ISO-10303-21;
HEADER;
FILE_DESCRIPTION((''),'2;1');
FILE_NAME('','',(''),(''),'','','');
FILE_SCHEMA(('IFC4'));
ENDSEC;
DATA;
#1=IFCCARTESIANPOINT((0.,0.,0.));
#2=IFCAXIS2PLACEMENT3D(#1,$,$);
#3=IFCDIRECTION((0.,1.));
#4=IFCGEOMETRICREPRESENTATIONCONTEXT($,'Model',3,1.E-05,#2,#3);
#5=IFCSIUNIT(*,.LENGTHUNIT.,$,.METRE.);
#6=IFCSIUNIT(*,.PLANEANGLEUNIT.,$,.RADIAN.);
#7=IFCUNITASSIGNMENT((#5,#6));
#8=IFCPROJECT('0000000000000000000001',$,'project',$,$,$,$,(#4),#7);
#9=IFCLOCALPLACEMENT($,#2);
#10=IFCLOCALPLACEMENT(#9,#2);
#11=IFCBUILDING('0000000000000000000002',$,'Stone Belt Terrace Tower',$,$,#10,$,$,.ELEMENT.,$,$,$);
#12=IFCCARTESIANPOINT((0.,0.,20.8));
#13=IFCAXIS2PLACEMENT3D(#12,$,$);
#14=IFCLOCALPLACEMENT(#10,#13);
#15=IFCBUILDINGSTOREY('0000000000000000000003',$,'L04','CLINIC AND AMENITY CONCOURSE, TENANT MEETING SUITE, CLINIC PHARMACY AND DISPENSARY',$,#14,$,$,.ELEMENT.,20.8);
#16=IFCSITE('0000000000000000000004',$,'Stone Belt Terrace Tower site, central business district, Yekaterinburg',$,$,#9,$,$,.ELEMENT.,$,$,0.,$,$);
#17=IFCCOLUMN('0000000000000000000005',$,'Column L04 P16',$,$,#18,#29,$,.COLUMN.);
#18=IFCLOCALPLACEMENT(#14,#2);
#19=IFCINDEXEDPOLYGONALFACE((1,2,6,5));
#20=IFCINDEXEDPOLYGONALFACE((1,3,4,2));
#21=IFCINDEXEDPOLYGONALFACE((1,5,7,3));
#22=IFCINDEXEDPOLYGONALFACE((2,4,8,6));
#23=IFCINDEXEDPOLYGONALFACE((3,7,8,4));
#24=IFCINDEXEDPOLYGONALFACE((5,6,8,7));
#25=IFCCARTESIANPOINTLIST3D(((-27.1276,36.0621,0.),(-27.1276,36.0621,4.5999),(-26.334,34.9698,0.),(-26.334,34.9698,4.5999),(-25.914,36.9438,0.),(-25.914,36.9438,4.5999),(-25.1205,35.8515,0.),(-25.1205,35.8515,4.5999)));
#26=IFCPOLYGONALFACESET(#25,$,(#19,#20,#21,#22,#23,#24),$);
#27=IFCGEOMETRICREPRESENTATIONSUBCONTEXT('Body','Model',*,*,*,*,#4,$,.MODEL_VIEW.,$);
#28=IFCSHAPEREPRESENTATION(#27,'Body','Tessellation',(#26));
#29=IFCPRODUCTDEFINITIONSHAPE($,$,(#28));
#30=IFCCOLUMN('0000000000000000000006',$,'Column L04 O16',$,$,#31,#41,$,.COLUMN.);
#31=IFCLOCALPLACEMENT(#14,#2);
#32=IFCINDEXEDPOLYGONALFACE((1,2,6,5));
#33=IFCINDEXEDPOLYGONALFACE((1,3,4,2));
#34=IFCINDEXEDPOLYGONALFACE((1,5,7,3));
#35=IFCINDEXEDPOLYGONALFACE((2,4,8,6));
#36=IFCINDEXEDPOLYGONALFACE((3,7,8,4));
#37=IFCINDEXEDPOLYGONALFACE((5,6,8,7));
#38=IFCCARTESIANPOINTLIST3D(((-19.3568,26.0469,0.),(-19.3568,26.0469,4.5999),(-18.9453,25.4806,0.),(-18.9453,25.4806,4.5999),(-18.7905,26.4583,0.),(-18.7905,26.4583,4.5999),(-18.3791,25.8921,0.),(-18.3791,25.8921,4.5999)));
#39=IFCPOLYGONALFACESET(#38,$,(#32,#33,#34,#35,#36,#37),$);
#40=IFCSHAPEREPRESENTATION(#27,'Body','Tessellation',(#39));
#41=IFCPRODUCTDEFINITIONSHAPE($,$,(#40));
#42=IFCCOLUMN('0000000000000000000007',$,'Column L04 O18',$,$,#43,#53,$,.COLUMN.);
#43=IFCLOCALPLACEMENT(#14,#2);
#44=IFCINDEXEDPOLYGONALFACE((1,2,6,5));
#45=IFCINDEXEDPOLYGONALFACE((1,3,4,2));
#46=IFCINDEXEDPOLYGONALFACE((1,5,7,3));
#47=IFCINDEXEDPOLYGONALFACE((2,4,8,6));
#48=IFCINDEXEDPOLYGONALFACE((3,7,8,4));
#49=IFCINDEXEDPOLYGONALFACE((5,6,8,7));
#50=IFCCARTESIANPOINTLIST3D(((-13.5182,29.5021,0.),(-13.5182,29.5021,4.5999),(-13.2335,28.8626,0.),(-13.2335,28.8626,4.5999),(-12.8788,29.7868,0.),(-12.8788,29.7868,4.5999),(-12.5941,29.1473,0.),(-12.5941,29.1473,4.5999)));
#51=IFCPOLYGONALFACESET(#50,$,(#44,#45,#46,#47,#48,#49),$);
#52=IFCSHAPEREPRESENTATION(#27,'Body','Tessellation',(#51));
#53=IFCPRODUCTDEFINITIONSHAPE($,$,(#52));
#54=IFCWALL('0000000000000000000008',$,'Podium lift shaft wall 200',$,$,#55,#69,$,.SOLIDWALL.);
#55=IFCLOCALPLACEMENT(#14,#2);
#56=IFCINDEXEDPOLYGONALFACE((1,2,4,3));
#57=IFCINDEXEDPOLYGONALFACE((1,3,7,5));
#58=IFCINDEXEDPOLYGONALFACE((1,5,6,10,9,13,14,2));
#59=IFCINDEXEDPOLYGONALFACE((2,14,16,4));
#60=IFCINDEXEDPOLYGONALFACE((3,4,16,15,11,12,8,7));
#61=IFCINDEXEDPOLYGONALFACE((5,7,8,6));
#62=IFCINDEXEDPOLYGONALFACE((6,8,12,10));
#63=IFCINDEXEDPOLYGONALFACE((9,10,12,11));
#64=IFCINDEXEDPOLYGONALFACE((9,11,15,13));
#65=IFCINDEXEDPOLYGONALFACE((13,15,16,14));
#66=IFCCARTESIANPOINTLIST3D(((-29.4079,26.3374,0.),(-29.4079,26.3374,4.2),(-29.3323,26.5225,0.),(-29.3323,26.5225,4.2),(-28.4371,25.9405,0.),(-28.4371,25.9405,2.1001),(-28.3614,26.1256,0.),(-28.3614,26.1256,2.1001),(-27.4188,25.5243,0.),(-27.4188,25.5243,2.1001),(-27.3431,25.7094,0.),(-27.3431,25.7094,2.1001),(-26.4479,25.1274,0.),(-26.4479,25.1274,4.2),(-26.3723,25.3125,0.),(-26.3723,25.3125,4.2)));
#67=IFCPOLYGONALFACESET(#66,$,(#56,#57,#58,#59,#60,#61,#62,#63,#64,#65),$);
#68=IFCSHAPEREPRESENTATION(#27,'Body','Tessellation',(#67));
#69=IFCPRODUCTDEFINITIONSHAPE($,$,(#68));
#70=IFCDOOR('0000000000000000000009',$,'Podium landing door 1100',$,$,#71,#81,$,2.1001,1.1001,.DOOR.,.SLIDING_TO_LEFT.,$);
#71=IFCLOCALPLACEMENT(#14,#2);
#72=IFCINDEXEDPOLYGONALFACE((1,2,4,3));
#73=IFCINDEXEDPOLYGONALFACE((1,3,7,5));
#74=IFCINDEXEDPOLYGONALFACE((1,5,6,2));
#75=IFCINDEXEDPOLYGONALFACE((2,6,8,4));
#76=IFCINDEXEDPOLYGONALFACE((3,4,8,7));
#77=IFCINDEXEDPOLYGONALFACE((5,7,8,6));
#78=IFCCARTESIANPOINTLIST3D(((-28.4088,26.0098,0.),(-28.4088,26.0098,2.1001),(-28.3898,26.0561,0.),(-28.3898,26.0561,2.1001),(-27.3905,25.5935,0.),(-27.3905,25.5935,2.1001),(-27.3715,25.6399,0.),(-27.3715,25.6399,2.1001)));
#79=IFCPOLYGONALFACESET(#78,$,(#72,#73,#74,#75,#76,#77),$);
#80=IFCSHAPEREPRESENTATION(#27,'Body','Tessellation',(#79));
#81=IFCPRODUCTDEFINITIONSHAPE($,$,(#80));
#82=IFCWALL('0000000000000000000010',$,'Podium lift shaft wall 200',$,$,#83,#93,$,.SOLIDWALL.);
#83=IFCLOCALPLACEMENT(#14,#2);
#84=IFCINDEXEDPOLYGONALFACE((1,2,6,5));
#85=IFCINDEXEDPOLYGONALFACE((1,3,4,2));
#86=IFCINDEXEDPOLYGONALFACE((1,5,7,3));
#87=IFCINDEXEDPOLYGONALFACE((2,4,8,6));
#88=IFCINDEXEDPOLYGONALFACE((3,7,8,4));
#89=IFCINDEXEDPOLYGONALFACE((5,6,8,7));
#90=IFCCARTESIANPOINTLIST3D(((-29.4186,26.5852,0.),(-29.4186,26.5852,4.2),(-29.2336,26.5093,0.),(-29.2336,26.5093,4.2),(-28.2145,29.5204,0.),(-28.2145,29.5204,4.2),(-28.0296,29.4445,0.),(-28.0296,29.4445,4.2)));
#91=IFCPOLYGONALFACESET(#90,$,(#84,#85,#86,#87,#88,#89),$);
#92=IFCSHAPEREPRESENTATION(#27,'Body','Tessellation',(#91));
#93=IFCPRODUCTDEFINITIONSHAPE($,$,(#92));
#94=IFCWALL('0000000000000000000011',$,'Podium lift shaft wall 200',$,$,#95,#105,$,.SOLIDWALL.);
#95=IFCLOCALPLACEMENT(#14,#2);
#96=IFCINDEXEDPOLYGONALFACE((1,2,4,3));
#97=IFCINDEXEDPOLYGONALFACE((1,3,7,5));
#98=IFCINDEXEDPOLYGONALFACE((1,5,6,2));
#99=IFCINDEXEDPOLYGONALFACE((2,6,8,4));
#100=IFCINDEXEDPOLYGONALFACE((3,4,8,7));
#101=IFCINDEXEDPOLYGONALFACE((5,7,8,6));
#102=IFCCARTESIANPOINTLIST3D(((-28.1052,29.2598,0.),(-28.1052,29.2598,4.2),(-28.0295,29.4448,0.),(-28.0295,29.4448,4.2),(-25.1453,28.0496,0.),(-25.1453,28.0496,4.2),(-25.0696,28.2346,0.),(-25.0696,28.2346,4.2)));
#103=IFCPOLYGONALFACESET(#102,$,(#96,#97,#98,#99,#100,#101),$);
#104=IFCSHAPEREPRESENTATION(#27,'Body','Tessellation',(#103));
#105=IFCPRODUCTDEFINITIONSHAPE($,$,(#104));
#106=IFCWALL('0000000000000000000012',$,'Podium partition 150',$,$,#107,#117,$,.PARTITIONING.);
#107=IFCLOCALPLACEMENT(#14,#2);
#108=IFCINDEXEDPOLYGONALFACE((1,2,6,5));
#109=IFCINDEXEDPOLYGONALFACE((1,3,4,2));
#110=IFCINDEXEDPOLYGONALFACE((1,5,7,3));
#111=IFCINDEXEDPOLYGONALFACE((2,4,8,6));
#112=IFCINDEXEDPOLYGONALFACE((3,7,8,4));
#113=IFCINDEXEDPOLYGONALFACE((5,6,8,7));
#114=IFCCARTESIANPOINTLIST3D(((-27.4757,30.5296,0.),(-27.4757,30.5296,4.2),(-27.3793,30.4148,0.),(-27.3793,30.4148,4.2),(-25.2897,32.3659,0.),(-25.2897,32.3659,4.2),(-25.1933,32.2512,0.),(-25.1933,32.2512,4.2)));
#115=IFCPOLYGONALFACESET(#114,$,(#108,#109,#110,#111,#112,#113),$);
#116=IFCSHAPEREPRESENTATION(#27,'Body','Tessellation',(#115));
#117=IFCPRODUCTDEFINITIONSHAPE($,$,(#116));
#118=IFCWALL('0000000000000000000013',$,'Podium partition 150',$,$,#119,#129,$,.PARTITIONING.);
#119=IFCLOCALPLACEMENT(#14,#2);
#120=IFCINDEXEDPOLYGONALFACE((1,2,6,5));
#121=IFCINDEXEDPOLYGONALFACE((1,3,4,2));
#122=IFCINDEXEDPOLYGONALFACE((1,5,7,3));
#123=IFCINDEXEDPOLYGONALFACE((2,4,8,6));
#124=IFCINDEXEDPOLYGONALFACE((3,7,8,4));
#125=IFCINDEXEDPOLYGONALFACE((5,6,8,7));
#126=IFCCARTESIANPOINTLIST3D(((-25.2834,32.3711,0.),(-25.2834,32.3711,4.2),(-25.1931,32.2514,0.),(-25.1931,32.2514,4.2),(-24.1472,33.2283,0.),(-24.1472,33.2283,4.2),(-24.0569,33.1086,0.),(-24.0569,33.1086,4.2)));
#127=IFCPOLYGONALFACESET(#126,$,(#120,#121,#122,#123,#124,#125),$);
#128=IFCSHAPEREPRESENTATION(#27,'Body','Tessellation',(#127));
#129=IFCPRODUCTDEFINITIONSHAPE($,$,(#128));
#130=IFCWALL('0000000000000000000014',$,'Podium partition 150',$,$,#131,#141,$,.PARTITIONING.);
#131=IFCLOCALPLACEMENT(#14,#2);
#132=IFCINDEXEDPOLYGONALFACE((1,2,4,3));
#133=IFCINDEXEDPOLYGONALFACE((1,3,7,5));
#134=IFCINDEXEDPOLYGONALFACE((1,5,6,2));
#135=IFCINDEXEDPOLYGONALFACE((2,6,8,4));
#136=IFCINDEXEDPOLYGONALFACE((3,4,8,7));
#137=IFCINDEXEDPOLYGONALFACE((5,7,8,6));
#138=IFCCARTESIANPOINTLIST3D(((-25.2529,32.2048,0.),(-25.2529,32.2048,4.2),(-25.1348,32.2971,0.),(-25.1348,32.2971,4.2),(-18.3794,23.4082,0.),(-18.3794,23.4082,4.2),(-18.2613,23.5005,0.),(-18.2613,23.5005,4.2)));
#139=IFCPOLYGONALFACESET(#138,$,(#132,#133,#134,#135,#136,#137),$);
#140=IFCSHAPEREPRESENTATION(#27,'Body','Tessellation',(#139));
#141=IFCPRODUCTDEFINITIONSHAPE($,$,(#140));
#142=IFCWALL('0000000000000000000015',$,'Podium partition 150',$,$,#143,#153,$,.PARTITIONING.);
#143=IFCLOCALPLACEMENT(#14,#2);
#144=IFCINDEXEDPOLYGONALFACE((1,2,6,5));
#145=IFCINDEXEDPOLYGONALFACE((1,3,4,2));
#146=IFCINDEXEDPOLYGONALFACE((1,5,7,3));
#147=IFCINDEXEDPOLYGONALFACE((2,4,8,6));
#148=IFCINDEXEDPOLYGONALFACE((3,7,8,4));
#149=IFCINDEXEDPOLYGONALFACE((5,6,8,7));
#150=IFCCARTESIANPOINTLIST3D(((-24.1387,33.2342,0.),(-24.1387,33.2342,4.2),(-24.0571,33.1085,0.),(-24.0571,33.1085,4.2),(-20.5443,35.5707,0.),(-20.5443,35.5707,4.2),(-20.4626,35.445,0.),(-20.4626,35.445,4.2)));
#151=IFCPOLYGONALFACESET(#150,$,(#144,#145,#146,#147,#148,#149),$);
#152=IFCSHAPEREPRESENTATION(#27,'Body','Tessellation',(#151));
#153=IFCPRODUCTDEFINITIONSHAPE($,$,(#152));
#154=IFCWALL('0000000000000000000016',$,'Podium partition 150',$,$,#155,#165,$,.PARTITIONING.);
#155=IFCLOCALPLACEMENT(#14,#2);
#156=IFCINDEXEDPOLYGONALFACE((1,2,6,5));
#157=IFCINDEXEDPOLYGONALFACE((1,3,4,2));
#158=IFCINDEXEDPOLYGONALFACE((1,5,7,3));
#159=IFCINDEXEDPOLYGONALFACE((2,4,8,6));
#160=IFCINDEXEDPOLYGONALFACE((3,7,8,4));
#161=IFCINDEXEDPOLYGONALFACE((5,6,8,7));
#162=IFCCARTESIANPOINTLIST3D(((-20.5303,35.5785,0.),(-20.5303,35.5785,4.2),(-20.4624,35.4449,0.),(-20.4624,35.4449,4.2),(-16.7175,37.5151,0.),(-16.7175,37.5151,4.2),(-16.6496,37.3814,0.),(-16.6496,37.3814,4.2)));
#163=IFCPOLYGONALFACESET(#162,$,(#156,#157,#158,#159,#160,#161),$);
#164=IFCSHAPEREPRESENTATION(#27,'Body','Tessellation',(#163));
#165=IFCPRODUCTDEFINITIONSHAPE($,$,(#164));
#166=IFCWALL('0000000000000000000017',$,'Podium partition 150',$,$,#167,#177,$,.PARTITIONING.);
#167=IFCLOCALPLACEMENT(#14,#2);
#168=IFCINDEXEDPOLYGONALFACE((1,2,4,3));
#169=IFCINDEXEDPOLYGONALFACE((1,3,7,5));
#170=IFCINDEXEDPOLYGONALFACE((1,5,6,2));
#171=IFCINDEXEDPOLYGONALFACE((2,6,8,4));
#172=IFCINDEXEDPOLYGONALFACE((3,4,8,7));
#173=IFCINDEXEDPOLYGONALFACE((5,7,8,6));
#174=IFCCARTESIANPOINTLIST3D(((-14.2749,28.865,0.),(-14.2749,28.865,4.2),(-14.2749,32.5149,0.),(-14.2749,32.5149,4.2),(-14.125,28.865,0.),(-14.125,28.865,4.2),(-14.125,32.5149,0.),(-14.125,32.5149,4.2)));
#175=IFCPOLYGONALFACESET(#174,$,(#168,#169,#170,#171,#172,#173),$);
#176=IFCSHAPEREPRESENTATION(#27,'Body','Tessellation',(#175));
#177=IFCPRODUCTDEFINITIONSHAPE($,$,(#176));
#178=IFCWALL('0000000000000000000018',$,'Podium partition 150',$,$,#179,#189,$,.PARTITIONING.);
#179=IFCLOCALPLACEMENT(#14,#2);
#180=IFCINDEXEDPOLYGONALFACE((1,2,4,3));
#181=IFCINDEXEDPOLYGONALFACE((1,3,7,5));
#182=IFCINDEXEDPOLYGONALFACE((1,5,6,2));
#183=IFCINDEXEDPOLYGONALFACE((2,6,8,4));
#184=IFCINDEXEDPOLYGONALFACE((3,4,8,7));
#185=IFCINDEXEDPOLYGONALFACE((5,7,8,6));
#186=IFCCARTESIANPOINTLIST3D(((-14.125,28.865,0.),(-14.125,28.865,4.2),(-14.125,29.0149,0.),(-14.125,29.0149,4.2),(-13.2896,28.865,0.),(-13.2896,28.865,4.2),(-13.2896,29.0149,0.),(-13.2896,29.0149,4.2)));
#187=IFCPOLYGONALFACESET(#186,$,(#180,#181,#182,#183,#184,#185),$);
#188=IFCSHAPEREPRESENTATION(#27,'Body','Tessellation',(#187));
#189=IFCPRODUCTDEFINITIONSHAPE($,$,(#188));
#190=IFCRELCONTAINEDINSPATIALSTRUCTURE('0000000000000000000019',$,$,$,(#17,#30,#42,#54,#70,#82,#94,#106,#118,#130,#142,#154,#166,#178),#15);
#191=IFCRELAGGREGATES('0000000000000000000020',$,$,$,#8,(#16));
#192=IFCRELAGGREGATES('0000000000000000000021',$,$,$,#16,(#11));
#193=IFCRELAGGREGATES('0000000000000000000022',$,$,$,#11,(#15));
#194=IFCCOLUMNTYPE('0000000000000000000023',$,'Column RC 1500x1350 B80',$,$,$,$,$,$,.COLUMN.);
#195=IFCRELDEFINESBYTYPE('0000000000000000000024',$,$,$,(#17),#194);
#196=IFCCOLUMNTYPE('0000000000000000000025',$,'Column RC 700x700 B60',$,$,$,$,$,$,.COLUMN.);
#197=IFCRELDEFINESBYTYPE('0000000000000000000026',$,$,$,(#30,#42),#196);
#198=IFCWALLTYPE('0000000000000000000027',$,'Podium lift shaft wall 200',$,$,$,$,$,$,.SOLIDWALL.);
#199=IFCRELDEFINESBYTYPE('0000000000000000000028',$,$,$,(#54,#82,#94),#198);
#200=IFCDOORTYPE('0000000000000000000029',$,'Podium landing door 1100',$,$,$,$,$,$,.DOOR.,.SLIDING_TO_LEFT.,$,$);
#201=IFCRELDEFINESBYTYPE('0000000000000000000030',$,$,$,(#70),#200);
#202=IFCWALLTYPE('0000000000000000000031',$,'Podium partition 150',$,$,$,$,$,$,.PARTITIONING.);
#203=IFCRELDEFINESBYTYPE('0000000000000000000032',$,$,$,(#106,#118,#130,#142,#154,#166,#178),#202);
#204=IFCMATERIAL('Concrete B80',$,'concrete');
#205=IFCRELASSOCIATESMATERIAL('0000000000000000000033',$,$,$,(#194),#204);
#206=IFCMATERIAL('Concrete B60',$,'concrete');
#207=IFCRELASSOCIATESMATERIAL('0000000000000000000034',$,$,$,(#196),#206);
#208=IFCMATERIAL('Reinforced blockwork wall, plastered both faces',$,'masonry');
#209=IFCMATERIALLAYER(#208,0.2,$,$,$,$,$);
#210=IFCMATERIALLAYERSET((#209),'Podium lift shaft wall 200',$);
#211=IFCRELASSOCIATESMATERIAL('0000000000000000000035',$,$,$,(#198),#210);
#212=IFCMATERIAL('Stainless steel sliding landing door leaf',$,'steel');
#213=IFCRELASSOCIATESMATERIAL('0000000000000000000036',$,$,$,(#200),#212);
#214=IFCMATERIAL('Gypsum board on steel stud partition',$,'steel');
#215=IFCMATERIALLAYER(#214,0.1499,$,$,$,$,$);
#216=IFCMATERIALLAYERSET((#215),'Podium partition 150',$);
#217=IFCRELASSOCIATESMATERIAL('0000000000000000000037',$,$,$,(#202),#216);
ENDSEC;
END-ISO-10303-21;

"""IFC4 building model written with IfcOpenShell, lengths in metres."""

from ifc_helpers import new_model, si_unit, direction, frame, frame_2d, origin, origin_2d, place, context, subcontext, project, spatial, rectangle, extrude, material, layer, layer_set, material_profile, profile_set, type_object, element, fill, save


model = new_model("IFC4")

# Units and contexts
model_context = context("Model", 3, precision=1e-05, world=origin(), true_north=direction((0.0, 1.0)))
body_context = subcontext(model_context, "Body", "Model", "MODEL_VIEW")
ifc_project = project(units=[si_unit("LENGTHUNIT", "METRE"), si_unit("PLANEANGLEUNIT", "RADIAN")], contexts=[model_context])

# Site, building, storey
site_placement = place(None, origin())
site = spatial("IfcSite", under=ifc_project, at=site_placement, Name="Stone Belt Terrace Tower site, central business district, Yekaterinburg", CompositionType="ELEMENT", RefElevation=0.0)
building_placement = place(site_placement, origin())
building = spatial("IfcBuilding", under=site, at=building_placement, Name="Stone Belt Terrace Tower", CompositionType="ELEMENT")
storey_placement = place(building_placement, frame((0.0, 0.0, 20.8)))
storey = spatial("IfcBuildingStorey", under=building, at=storey_placement, Name="L04", Description="CLINIC AND AMENITY CONCOURSE, TENANT MEETING SUITE, CLINIC PHARMACY AND DISPENSARY", CompositionType="ELEMENT", Elevation=20.8)

# Columns
ifc_material_1 = material(Name="Concrete B80", Category="concrete")
ifc_material_profile_1 = material_profile(ifc_material_1, rectangle(XDim=1.5, YDim=1.3501, at=origin_2d()), Name="RC 1500x1350")
ifc_profile_set_1 = profile_set([ifc_material_profile_1], Name="Concrete B80")
column_type_1 = type_object("IfcColumnType", Name="Column RC 1500x1350 B80", PredefinedType="COLUMN", material=ifc_profile_set_1)
column_placement = place(storey_placement, frame((-26.124, 35.9568, 0.0), z_axis=(0.0, 0.0, 1.0), x_axis=(0.809017, 0.587785, 0.0)))
element("IfcColumn", 1, at=column_placement, inside=storey, type_object=column_type_1, Name="Column L04 P16", PredefinedType="COLUMN", context=body_context, shape_type="SweptSolid", body=[
    extrude(rectangle(XDim=1.5, YDim=1.3501, at=origin_2d()), origin(), (0.0, 0.0, 1.0), 4.5999),
])
ifc_material_2 = material(Name="Concrete B60", Category="concrete")
ifc_material_profile_2 = material_profile(ifc_material_2, rectangle(XDim=0.7, YDim=0.7, at=origin_2d()), Name="RC 700x700")
ifc_profile_set_2 = profile_set([ifc_material_profile_2], Name="Concrete B60")
column_type_2 = type_object("IfcColumnType", Name="Column RC 700x700 B60", PredefinedType="COLUMN", material=ifc_profile_set_2)
for number, where, z_axis, x_axis, name in (
    (2, (-18.8679, 25.9695, 0.0), (0.0, 0.0, 1.0), (0.809017, 0.587785, 0.0), "Column L04 O16"),
    (3, (-13.0562, 29.3247, 0.0), (0.0, 0.0, 1.0), (0.913545, 0.406737, 0.0), "Column L04 O18"),
):
    element("IfcColumn", number, at=place(storey_placement, frame(where, z_axis=z_axis, x_axis=x_axis)), inside=storey, type_object=column_type_2, Name=name, PredefinedType="COLUMN", context=body_context, shape_type="SweptSolid", body=[
        extrude(rectangle(XDim=0.7, YDim=0.7, at=origin_2d()), origin(), (0.0, 0.0, 1.0), 4.5999),
    ])

# Wall, opening, door
ifc_material_3 = material(Name="Reinforced blockwork wall, plastered both faces", Category="masonry")
ifc_layer_1 = layer(ifc_material_3, 0.2)
ifc_layer_set_1 = layer_set([ifc_layer_1], Name="Podium lift shaft wall 200")
wall_type_1 = type_object("IfcWallType", Name="Podium lift shaft wall 200", PredefinedType="SOLIDWALL", material=ifc_layer_set_1)
wall_1_placement = place(storey_placement, frame((-29.3701, 26.4299, 0.0), z_axis=(0.0, 0.0, 1.0), x_axis=(0.925649, -0.378383, 0.0)))
wall_1 = element("IfcWall", 4, at=wall_1_placement, inside=storey, type_object=wall_type_1, Name="Podium lift shaft wall 200", PredefinedType="SOLIDWALL", context=body_context, shape_type="SweptSolid", body=[
    extrude(rectangle(XDim=3.1978, YDim=0.2, at=frame_2d((1.5989, 0.0))), origin(), (0.0, 0.0, 1.0), 4.2),
])
opening_1_placement = place(wall_1_placement, frame((1.0488, 0.0, 0.0)))
opening_1 = element("IfcOpeningElement", 5, at=opening_1_placement, cuts=wall_1, PredefinedType="OPENING", context=body_context, shape_type="SweptSolid", body=[
    extrude(rectangle(XDim=1.1001, YDim=2.1001, at=frame_2d((0.55, 1.05))), frame((0.0, 0.1099, 0.0), z_axis=(0.0, -1.0, 0.0), x_axis=(1.0, 0.0, 0.0)), (0.0, 0.0, 1.0), 0.22),
])
ifc_material_4 = material(Name="Stainless steel sliding landing door leaf", Category="steel")
door_type_1 = type_object("IfcDoorType", Name="Podium landing door 1100", OperationType="SLIDING_TO_LEFT", PredefinedType="DOOR", material=ifc_material_4)
door_1_placement = place(opening_1_placement, origin())
door_1 = element("IfcDoor", 6, at=door_1_placement, inside=storey, type_object=door_type_1, Name="Podium landing door 1100", OperationType="SLIDING_TO_LEFT", OverallHeight=2.1001, OverallWidth=1.1001, PredefinedType="DOOR", context=body_context, shape_type="SweptSolid", body=[
    extrude(rectangle(XDim=1.1001, YDim=2.1001, at=frame_2d((0.55, 1.05))), frame((0.0, 0.0249, 0.0), z_axis=(0.0, -1.0, 0.0), x_axis=(1.0, 0.0, 0.0)), (0.0, 0.0, 1.0), 0.05),
])
fill(opening_1, door_1)

# Walls
wall_2_placement = place(storey_placement, frame((-29.3262, 26.5471, 0.0), z_axis=(0.0, 0.0, 1.0), x_axis=(0.379523, 0.925182, 0.0)))
element("IfcWall", 7, at=wall_2_placement, inside=storey, type_object=wall_type_1, Name="Podium lift shaft wall 200", PredefinedType="SOLIDWALL", context=body_context, shape_type="SweptSolid", body=[
    extrude(rectangle(XDim=3.1726, YDim=0.2, at=frame_2d((1.5864, 0.0))), origin(), (0.0, 0.0, 1.0), 4.2),
])
wall_3_placement = place(storey_placement, frame((-28.0674, 29.3523, 0.0), z_axis=(0.0, 0.0, 1.0), x_axis=(0.925622, -0.378449, 0.0)))
element("IfcWall", 8, at=wall_3_placement, inside=storey, type_object=wall_type_1, Name="Podium lift shaft wall 200", PredefinedType="SOLIDWALL", context=body_context, shape_type="SweptSolid", body=[
    extrude(rectangle(XDim=3.1978, YDim=0.2, at=frame_2d((1.5989, 0.0))), origin(), (0.0, 0.0, 1.0), 4.2),
])
ifc_material_5 = material(Name="Gypsum board on steel stud partition", Category="steel")
ifc_layer_2 = layer(ifc_material_5, 0.1499)
ifc_layer_set_2 = layer_set([ifc_layer_2], Name="Podium partition 150")
wall_type_2 = type_object("IfcWallType", Name="Podium partition 150", PredefinedType="PARTITIONING", material=ifc_layer_set_2)
wall_4_placement = place(storey_placement, frame((-27.4275, 30.4722, 0.0), z_axis=(0.0, 0.0, 1.0), x_axis=(0.765678, 0.643224, 0.0)))
element("IfcWall", 9, at=wall_4_placement, inside=storey, type_object=wall_type_2, Name="Podium partition 150", PredefinedType="PARTITIONING", context=body_context, shape_type="SweptSolid", body=[
    extrude(rectangle(XDim=2.855, YDim=0.1499, at=frame_2d((1.4275, 0.0))), origin(), (0.0, 0.0, 1.0), 4.2),
])
wall_5_placement = place(storey_placement, frame((-25.2383, 32.3113, 0.0), z_axis=(0.0, 0.0, 1.0), x_axis=(0.798309, 0.602248, 0.0)))
element("IfcWall", 10, at=wall_5_placement, inside=storey, type_object=wall_type_2, Name="Podium partition 150", PredefinedType="PARTITIONING", context=body_context, shape_type="SweptSolid", body=[
    extrude(rectangle(XDim=1.4233, YDim=0.1499, at=frame_2d((0.7117, 0.0))), origin(), (0.0, 0.0, 1.0), 4.2),
])
wall_6_placement = place(storey_placement, frame((-25.1938, 32.251, 0.0), z_axis=(0.0, 0.0, 1.0), x_axis=(0.615709, -0.787974, 0.0)))
element("IfcWall", 11, at=wall_6_placement, inside=storey, type_object=wall_type_2, Name="Podium partition 150", PredefinedType="PARTITIONING", context=body_context, shape_type="SweptSolid", body=[
    extrude(rectangle(XDim=11.1636, YDim=0.1499, at=frame_2d((5.5818, 0.0))), origin(), (0.0, 0.0, 1.0), 4.2),
])
wall_7_placement = place(storey_placement, frame((-24.0979, 33.1714, 0.0), z_axis=(0.0, 0.0, 1.0), x_axis=(0.838442, 0.54499, 0.0)))
element("IfcWall", 12, at=wall_7_placement, inside=storey, type_object=wall_type_2, Name="Podium partition 150", PredefinedType="PARTITIONING", context=body_context, shape_type="SweptSolid", body=[
    extrude(rectangle(XDim=4.2871, YDim=0.1499, at=frame_2d((2.1436, 0.0))), origin(), (0.0, 0.0, 1.0), 4.2),
])
wall_8_placement = place(storey_placement, frame((-20.4963, 35.5117, 0.0), z_axis=(0.0, 0.0, 1.0), x_axis=(0.891589, 0.452845, 0.0)))
element("IfcWall", 13, at=wall_8_placement, inside=storey, type_object=wall_type_2, Name="Podium partition 150", PredefinedType="PARTITIONING", context=body_context, shape_type="SweptSolid", body=[
    extrude(rectangle(XDim=4.2764, YDim=0.1499, at=frame_2d((2.1382, 0.0))), origin(), (0.0, 0.0, 1.0), 4.2),
])
wall_9_placement = place(storey_placement, frame((-14.2, 28.865, 0.0), z_axis=(0.0, 0.0, 1.0), x_axis=(0.0, 1.0, 0.0)))
element("IfcWall", 14, at=wall_9_placement, inside=storey, type_object=wall_type_2, Name="Podium partition 150", PredefinedType="PARTITIONING", context=body_context, shape_type="SweptSolid", body=[
    extrude(rectangle(XDim=3.6499, YDim=0.1499, at=frame_2d((1.825, 0.0))), origin(), (0.0, 0.0, 1.0), 4.2),
])
wall_10_placement = place(storey_placement, frame((-14.125, 28.9399, 0.0), z_axis=(0.0, 0.0, 1.0), x_axis=(1.0, 0.0, 0.0)))
element("IfcWall", 15, at=wall_10_placement, inside=storey, type_object=wall_type_2, Name="Podium partition 150", PredefinedType="PARTITIONING", context=body_context, shape_type="SweptSolid", body=[
    extrude(rectangle(XDim=0.8354, YDim=0.1499, at=frame_2d((0.4177, 0.0))), origin(), (0.0, 0.0, 1.0), 4.2),
])

save(model, "model.ifc")
